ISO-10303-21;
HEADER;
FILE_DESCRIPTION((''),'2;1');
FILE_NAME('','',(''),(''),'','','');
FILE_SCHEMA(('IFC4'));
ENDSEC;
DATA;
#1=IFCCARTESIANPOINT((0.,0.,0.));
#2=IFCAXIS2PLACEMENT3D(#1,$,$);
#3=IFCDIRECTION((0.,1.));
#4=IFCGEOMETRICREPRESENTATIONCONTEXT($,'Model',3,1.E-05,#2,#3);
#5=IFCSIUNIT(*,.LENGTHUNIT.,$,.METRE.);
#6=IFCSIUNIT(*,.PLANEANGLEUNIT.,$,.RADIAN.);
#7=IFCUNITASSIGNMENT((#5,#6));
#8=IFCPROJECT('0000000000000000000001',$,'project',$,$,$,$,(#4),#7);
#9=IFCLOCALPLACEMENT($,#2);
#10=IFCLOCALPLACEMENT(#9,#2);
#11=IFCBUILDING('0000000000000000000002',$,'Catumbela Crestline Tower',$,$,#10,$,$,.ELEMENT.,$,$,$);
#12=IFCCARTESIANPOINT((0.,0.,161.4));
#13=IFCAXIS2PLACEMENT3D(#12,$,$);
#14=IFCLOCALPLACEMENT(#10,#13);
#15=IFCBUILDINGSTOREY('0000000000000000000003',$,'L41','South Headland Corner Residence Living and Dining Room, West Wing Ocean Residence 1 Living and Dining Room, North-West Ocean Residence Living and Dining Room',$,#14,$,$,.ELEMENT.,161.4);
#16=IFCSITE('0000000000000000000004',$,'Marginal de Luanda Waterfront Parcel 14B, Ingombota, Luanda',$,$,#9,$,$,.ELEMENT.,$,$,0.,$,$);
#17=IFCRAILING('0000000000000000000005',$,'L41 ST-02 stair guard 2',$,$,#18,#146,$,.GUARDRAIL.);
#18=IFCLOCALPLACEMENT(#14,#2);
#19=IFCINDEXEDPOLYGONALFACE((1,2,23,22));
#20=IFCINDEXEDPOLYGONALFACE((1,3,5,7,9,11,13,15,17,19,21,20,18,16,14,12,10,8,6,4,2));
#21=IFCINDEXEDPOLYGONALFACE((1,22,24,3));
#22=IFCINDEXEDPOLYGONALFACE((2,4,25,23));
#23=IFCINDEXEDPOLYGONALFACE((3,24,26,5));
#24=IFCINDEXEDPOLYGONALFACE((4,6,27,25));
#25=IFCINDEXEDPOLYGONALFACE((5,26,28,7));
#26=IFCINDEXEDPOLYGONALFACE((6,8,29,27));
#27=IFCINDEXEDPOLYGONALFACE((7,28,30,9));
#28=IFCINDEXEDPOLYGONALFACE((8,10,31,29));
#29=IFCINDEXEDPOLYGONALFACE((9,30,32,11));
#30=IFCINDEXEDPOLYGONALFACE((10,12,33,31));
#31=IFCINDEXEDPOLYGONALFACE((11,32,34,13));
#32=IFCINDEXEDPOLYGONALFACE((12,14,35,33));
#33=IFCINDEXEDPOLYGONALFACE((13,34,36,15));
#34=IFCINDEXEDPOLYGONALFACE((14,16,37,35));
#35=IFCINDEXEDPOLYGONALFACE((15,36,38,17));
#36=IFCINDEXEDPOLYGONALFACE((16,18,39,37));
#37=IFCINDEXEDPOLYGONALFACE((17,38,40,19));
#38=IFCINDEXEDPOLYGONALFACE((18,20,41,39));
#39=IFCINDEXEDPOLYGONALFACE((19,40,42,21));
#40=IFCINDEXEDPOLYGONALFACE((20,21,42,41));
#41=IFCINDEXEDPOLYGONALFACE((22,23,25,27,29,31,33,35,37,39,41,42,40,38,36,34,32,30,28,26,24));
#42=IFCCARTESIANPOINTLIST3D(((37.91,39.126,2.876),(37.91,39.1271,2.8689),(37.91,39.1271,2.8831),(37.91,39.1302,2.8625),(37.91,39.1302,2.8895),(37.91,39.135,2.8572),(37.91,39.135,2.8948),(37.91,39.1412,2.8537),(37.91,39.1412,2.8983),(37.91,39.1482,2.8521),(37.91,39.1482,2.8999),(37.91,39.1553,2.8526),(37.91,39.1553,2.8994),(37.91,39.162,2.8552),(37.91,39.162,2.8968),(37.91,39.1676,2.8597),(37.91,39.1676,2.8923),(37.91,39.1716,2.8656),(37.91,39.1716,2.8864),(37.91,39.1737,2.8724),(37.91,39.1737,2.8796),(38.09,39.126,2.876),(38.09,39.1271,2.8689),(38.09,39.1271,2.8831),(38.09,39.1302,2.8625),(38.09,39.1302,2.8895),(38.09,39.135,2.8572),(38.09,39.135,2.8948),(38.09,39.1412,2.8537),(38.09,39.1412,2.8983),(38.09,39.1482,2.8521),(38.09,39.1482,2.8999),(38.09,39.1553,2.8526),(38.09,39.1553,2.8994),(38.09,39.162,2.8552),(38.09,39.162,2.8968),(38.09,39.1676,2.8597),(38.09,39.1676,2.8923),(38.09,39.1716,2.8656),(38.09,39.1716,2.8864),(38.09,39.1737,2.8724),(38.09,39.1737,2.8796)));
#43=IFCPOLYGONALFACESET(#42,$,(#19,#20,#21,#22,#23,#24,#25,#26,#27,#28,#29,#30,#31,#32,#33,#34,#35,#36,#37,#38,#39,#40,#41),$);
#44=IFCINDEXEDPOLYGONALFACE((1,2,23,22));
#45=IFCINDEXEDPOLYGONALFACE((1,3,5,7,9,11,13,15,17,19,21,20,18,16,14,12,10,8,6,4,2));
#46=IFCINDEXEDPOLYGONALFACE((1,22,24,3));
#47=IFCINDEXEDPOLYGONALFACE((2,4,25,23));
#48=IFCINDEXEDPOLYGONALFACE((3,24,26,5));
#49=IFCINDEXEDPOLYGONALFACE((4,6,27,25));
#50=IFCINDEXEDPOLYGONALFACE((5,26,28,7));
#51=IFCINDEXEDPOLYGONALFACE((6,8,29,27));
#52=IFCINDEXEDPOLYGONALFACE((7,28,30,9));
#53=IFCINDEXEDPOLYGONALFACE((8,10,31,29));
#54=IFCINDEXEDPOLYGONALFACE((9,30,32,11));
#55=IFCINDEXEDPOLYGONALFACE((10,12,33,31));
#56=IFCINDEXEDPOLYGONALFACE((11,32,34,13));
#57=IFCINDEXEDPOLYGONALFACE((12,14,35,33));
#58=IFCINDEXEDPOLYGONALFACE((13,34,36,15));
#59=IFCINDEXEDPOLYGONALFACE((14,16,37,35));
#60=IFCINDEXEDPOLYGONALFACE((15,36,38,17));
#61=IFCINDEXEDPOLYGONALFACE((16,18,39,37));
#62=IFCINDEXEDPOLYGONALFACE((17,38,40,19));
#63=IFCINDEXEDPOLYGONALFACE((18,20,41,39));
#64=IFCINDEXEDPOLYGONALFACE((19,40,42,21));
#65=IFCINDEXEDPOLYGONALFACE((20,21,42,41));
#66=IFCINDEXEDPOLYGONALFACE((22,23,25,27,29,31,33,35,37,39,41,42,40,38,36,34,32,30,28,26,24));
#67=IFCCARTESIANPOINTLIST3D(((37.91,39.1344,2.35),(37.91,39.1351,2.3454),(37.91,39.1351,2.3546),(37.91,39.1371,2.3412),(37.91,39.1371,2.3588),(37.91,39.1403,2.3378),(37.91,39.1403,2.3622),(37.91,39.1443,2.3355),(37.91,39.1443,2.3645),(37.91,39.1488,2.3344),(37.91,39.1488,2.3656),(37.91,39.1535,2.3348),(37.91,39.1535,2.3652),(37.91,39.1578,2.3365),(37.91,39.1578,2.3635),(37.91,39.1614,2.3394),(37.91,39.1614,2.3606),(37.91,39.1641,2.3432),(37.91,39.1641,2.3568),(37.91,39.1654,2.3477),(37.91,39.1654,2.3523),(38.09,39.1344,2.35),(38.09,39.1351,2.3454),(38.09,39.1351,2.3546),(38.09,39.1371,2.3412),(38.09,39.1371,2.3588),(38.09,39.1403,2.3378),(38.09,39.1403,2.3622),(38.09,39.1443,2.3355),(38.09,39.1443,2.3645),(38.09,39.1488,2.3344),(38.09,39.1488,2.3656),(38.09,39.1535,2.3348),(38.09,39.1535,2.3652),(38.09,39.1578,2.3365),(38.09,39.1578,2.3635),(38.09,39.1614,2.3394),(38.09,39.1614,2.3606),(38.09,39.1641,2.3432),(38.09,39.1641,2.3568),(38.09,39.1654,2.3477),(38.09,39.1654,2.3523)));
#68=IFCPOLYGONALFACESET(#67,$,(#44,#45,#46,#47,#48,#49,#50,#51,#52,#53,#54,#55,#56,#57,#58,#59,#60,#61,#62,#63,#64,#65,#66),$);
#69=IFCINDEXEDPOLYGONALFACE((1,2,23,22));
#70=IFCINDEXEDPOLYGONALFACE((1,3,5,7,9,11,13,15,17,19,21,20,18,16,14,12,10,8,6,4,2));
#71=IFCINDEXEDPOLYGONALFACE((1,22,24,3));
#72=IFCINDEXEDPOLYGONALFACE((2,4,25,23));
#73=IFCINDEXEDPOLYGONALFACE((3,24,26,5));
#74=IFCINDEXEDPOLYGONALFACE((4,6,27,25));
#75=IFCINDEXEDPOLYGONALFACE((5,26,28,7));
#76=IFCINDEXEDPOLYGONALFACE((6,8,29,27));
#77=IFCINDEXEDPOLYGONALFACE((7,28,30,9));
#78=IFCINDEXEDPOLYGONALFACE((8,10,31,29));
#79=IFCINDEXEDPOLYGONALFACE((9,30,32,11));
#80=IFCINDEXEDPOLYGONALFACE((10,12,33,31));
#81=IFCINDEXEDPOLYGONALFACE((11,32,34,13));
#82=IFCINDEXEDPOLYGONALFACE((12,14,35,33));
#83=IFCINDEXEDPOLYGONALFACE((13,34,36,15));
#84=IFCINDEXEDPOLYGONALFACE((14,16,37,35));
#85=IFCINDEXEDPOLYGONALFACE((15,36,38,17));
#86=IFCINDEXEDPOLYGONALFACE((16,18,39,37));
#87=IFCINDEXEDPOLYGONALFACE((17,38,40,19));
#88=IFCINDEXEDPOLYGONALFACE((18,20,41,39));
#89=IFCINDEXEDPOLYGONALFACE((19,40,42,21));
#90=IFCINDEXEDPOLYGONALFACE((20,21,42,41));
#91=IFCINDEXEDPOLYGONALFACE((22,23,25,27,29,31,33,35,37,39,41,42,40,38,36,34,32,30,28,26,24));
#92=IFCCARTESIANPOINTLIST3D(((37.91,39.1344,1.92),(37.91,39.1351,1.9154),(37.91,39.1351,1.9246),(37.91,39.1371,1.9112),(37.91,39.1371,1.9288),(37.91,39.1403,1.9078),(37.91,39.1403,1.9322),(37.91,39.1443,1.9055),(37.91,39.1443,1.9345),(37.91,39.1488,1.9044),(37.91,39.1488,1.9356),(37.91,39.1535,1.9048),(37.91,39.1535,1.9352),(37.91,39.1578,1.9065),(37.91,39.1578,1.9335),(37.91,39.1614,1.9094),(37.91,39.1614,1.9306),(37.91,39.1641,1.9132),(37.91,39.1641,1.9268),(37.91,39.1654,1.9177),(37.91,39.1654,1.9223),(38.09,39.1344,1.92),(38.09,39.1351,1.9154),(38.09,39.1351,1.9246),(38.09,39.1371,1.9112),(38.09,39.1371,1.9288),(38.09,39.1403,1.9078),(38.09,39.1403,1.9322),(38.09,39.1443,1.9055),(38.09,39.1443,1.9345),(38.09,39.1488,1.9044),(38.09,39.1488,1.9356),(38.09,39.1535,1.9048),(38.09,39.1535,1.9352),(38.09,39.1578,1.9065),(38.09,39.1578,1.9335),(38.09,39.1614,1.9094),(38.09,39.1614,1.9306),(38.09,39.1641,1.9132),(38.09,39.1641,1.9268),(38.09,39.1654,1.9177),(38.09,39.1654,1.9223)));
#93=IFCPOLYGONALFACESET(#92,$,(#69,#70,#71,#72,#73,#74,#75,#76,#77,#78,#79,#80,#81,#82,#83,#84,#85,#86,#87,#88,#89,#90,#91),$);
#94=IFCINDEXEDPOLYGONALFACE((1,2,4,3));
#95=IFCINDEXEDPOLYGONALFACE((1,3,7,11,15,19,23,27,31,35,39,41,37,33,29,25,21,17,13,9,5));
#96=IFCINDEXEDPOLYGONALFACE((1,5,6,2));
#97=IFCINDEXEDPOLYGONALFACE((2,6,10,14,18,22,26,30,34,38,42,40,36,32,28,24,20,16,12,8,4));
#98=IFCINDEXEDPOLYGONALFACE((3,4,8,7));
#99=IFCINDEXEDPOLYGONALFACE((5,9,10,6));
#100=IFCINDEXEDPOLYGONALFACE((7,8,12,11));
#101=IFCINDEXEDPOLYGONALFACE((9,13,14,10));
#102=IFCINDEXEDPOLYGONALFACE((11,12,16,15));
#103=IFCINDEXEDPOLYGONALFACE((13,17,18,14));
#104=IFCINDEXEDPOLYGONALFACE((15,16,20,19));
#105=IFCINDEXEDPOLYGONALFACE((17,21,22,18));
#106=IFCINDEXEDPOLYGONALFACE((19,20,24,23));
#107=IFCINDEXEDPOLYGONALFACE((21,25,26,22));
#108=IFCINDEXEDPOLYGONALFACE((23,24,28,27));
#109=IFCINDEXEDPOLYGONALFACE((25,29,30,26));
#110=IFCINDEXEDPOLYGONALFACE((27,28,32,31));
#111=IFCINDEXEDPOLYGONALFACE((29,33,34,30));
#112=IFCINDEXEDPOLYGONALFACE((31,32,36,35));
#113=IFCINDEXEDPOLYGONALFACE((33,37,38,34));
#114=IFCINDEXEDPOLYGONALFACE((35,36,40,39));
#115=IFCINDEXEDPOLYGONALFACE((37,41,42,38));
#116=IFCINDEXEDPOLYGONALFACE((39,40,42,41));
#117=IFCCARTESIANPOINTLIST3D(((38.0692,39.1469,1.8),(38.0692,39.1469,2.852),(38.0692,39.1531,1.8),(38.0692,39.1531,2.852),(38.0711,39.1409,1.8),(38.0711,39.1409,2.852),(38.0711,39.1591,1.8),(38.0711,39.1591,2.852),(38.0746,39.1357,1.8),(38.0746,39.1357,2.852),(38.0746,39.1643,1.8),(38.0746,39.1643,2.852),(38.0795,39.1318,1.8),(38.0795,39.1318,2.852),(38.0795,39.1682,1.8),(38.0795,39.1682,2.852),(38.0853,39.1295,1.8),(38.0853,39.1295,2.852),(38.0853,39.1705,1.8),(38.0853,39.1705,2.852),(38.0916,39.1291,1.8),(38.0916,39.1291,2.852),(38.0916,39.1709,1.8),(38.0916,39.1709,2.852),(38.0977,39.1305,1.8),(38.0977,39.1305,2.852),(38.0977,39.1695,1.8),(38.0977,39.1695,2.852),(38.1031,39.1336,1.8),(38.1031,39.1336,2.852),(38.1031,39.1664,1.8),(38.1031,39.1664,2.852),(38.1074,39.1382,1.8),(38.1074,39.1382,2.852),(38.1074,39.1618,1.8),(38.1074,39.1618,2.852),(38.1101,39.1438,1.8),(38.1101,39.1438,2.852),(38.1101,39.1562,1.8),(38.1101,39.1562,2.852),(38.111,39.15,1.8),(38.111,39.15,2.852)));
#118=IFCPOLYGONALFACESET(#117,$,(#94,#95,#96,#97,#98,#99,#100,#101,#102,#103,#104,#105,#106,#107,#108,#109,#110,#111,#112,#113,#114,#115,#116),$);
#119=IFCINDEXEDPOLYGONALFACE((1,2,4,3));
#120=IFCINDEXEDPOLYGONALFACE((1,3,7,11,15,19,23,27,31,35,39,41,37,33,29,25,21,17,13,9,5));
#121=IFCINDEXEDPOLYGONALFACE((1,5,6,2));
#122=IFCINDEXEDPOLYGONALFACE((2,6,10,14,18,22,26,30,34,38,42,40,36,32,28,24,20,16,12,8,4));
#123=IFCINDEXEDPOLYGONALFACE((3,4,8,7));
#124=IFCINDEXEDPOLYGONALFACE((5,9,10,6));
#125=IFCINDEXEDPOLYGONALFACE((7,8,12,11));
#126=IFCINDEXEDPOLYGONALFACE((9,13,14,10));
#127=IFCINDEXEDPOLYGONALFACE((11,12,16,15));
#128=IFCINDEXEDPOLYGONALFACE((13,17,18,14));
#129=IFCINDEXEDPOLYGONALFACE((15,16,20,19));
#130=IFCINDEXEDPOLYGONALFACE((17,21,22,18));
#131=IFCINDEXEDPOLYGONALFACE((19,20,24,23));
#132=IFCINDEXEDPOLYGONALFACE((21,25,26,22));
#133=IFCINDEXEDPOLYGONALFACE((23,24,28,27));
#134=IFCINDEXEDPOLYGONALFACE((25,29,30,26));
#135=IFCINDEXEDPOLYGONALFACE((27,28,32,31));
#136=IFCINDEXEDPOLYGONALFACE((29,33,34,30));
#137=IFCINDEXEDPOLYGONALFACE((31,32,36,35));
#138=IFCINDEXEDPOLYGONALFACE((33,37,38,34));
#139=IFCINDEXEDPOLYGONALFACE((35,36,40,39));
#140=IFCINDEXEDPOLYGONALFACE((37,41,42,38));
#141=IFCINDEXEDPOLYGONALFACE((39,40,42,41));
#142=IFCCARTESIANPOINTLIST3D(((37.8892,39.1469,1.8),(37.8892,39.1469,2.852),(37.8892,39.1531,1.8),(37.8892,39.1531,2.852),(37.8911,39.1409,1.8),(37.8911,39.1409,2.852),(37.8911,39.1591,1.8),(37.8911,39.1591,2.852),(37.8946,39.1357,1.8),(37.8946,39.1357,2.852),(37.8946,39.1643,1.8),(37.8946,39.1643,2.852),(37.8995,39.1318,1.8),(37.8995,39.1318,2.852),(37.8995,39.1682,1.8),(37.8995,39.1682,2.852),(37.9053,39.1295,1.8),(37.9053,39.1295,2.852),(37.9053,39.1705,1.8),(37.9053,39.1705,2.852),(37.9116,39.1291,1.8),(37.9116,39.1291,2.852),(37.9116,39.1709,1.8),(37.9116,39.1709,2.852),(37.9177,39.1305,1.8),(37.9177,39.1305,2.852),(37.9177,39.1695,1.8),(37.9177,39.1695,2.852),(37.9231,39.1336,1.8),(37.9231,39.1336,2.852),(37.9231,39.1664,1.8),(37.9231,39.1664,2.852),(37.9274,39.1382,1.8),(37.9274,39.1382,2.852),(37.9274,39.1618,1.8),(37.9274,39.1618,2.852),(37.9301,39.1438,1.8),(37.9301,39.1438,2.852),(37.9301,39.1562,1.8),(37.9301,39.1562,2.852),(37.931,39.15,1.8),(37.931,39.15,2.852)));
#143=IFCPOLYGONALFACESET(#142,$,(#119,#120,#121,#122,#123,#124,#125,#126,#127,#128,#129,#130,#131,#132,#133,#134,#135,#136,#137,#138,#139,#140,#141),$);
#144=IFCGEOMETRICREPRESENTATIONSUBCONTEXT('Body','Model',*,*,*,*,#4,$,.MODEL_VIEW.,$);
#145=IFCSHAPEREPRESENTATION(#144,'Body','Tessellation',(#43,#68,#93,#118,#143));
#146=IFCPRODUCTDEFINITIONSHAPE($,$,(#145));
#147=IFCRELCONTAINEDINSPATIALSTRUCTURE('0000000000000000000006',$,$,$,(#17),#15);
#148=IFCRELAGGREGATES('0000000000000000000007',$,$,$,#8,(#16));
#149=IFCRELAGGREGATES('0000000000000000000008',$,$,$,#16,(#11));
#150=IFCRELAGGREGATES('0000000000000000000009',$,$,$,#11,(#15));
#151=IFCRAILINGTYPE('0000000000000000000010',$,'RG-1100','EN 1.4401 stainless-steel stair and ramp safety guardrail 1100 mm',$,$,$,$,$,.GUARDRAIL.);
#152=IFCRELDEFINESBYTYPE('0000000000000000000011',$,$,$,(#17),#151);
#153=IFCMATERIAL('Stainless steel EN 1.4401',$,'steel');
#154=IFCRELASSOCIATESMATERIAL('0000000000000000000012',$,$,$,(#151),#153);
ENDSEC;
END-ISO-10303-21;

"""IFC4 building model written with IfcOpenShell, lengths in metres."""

from ifc_helpers import new_model, si_unit, direction, frame, origin, origin_2d, place, context, subcontext, project, spatial, circle, extrude, material, type_object, element, save


model = new_model("IFC4")

# Units and contexts
model_context = context("Model", 3, precision=1e-05, world=origin(), true_north=direction((0.0, 1.0)))
body_context = subcontext(model_context, "Body", "Model", "MODEL_VIEW")
ifc_project = project(units=[si_unit("LENGTHUNIT", "METRE"), si_unit("PLANEANGLEUNIT", "RADIAN")], contexts=[model_context])

# Site, building, storey
site_placement = place(None, origin())
site = spatial("IfcSite", under=ifc_project, at=site_placement, Name="Marginal de Luanda Waterfront Parcel 14B, Ingombota, Luanda", CompositionType="ELEMENT", RefElevation=0.0)
building_placement = place(site_placement, origin())
building = spatial("IfcBuilding", under=site, at=building_placement, Name="Catumbela Crestline Tower", CompositionType="ELEMENT")
storey_placement = place(building_placement, frame((0.0, 0.0, 161.4)))
storey = spatial("IfcBuildingStorey", under=building, at=storey_placement, Name="L41", Description="South Headland Corner Residence Living and Dining Room, West Wing Ocean Residence 1 Living and Dining Room, North-West Ocean Residence Living and Dining Room", CompositionType="ELEMENT", Elevation=161.4)

# Shared definitions
ifc_material_1 = material(Name="Stainless steel EN 1.4401", Category="steel")

# Railing
railing_type_1 = type_object("IfcRailingType", Name="RG-1100", Description="EN 1.4401 stainless-steel stair and ramp safety guardrail 1100 mm", PredefinedType="GUARDRAIL", material=ifc_material_1)
railing_1_placement = place(storey_placement, frame((38.09, 39.15, 1.8)))
element("IfcRailing", 1, at=railing_1_placement, inside=storey, type_object=railing_type_1, Name="L41 ST-02 stair guard 2", PredefinedType="GUARDRAIL", context=body_context, shape_type="SweptSolid", body=[
    extrude(circle(Radius=0.024, at=origin_2d()), frame((0.0, 0.0, 1.076), z_axis=(-1.0, 0.0, 0.0), x_axis=(0.0, -1.0, 0.0)), (0.0, 0.0, 1.0), 0.18),
    extrude(circle(Radius=0.0156, at=origin_2d()), frame((0.0, 0.0, 0.55), z_axis=(-1.0, 0.0, 0.0), x_axis=(0.0, -1.0, 0.0)), (0.0, 0.0, 1.0), 0.18),
    extrude(circle(Radius=0.0156, at=origin_2d()), frame((0.0, 0.0, 0.12), z_axis=(-1.0, 0.0, 0.0), x_axis=(0.0, -1.0, 0.0)), (0.0, 0.0, 1.0), 0.18),
    extrude(circle(Radius=0.021, at=origin_2d()), origin(), (0.0, 0.0, 1.0), 1.052),
    extrude(circle(Radius=0.021, at=origin_2d()), frame((-0.18, 0.0, 0.0)), (0.0, 0.0, 1.0), 1.052),
])

save(model, "model.ifc")
